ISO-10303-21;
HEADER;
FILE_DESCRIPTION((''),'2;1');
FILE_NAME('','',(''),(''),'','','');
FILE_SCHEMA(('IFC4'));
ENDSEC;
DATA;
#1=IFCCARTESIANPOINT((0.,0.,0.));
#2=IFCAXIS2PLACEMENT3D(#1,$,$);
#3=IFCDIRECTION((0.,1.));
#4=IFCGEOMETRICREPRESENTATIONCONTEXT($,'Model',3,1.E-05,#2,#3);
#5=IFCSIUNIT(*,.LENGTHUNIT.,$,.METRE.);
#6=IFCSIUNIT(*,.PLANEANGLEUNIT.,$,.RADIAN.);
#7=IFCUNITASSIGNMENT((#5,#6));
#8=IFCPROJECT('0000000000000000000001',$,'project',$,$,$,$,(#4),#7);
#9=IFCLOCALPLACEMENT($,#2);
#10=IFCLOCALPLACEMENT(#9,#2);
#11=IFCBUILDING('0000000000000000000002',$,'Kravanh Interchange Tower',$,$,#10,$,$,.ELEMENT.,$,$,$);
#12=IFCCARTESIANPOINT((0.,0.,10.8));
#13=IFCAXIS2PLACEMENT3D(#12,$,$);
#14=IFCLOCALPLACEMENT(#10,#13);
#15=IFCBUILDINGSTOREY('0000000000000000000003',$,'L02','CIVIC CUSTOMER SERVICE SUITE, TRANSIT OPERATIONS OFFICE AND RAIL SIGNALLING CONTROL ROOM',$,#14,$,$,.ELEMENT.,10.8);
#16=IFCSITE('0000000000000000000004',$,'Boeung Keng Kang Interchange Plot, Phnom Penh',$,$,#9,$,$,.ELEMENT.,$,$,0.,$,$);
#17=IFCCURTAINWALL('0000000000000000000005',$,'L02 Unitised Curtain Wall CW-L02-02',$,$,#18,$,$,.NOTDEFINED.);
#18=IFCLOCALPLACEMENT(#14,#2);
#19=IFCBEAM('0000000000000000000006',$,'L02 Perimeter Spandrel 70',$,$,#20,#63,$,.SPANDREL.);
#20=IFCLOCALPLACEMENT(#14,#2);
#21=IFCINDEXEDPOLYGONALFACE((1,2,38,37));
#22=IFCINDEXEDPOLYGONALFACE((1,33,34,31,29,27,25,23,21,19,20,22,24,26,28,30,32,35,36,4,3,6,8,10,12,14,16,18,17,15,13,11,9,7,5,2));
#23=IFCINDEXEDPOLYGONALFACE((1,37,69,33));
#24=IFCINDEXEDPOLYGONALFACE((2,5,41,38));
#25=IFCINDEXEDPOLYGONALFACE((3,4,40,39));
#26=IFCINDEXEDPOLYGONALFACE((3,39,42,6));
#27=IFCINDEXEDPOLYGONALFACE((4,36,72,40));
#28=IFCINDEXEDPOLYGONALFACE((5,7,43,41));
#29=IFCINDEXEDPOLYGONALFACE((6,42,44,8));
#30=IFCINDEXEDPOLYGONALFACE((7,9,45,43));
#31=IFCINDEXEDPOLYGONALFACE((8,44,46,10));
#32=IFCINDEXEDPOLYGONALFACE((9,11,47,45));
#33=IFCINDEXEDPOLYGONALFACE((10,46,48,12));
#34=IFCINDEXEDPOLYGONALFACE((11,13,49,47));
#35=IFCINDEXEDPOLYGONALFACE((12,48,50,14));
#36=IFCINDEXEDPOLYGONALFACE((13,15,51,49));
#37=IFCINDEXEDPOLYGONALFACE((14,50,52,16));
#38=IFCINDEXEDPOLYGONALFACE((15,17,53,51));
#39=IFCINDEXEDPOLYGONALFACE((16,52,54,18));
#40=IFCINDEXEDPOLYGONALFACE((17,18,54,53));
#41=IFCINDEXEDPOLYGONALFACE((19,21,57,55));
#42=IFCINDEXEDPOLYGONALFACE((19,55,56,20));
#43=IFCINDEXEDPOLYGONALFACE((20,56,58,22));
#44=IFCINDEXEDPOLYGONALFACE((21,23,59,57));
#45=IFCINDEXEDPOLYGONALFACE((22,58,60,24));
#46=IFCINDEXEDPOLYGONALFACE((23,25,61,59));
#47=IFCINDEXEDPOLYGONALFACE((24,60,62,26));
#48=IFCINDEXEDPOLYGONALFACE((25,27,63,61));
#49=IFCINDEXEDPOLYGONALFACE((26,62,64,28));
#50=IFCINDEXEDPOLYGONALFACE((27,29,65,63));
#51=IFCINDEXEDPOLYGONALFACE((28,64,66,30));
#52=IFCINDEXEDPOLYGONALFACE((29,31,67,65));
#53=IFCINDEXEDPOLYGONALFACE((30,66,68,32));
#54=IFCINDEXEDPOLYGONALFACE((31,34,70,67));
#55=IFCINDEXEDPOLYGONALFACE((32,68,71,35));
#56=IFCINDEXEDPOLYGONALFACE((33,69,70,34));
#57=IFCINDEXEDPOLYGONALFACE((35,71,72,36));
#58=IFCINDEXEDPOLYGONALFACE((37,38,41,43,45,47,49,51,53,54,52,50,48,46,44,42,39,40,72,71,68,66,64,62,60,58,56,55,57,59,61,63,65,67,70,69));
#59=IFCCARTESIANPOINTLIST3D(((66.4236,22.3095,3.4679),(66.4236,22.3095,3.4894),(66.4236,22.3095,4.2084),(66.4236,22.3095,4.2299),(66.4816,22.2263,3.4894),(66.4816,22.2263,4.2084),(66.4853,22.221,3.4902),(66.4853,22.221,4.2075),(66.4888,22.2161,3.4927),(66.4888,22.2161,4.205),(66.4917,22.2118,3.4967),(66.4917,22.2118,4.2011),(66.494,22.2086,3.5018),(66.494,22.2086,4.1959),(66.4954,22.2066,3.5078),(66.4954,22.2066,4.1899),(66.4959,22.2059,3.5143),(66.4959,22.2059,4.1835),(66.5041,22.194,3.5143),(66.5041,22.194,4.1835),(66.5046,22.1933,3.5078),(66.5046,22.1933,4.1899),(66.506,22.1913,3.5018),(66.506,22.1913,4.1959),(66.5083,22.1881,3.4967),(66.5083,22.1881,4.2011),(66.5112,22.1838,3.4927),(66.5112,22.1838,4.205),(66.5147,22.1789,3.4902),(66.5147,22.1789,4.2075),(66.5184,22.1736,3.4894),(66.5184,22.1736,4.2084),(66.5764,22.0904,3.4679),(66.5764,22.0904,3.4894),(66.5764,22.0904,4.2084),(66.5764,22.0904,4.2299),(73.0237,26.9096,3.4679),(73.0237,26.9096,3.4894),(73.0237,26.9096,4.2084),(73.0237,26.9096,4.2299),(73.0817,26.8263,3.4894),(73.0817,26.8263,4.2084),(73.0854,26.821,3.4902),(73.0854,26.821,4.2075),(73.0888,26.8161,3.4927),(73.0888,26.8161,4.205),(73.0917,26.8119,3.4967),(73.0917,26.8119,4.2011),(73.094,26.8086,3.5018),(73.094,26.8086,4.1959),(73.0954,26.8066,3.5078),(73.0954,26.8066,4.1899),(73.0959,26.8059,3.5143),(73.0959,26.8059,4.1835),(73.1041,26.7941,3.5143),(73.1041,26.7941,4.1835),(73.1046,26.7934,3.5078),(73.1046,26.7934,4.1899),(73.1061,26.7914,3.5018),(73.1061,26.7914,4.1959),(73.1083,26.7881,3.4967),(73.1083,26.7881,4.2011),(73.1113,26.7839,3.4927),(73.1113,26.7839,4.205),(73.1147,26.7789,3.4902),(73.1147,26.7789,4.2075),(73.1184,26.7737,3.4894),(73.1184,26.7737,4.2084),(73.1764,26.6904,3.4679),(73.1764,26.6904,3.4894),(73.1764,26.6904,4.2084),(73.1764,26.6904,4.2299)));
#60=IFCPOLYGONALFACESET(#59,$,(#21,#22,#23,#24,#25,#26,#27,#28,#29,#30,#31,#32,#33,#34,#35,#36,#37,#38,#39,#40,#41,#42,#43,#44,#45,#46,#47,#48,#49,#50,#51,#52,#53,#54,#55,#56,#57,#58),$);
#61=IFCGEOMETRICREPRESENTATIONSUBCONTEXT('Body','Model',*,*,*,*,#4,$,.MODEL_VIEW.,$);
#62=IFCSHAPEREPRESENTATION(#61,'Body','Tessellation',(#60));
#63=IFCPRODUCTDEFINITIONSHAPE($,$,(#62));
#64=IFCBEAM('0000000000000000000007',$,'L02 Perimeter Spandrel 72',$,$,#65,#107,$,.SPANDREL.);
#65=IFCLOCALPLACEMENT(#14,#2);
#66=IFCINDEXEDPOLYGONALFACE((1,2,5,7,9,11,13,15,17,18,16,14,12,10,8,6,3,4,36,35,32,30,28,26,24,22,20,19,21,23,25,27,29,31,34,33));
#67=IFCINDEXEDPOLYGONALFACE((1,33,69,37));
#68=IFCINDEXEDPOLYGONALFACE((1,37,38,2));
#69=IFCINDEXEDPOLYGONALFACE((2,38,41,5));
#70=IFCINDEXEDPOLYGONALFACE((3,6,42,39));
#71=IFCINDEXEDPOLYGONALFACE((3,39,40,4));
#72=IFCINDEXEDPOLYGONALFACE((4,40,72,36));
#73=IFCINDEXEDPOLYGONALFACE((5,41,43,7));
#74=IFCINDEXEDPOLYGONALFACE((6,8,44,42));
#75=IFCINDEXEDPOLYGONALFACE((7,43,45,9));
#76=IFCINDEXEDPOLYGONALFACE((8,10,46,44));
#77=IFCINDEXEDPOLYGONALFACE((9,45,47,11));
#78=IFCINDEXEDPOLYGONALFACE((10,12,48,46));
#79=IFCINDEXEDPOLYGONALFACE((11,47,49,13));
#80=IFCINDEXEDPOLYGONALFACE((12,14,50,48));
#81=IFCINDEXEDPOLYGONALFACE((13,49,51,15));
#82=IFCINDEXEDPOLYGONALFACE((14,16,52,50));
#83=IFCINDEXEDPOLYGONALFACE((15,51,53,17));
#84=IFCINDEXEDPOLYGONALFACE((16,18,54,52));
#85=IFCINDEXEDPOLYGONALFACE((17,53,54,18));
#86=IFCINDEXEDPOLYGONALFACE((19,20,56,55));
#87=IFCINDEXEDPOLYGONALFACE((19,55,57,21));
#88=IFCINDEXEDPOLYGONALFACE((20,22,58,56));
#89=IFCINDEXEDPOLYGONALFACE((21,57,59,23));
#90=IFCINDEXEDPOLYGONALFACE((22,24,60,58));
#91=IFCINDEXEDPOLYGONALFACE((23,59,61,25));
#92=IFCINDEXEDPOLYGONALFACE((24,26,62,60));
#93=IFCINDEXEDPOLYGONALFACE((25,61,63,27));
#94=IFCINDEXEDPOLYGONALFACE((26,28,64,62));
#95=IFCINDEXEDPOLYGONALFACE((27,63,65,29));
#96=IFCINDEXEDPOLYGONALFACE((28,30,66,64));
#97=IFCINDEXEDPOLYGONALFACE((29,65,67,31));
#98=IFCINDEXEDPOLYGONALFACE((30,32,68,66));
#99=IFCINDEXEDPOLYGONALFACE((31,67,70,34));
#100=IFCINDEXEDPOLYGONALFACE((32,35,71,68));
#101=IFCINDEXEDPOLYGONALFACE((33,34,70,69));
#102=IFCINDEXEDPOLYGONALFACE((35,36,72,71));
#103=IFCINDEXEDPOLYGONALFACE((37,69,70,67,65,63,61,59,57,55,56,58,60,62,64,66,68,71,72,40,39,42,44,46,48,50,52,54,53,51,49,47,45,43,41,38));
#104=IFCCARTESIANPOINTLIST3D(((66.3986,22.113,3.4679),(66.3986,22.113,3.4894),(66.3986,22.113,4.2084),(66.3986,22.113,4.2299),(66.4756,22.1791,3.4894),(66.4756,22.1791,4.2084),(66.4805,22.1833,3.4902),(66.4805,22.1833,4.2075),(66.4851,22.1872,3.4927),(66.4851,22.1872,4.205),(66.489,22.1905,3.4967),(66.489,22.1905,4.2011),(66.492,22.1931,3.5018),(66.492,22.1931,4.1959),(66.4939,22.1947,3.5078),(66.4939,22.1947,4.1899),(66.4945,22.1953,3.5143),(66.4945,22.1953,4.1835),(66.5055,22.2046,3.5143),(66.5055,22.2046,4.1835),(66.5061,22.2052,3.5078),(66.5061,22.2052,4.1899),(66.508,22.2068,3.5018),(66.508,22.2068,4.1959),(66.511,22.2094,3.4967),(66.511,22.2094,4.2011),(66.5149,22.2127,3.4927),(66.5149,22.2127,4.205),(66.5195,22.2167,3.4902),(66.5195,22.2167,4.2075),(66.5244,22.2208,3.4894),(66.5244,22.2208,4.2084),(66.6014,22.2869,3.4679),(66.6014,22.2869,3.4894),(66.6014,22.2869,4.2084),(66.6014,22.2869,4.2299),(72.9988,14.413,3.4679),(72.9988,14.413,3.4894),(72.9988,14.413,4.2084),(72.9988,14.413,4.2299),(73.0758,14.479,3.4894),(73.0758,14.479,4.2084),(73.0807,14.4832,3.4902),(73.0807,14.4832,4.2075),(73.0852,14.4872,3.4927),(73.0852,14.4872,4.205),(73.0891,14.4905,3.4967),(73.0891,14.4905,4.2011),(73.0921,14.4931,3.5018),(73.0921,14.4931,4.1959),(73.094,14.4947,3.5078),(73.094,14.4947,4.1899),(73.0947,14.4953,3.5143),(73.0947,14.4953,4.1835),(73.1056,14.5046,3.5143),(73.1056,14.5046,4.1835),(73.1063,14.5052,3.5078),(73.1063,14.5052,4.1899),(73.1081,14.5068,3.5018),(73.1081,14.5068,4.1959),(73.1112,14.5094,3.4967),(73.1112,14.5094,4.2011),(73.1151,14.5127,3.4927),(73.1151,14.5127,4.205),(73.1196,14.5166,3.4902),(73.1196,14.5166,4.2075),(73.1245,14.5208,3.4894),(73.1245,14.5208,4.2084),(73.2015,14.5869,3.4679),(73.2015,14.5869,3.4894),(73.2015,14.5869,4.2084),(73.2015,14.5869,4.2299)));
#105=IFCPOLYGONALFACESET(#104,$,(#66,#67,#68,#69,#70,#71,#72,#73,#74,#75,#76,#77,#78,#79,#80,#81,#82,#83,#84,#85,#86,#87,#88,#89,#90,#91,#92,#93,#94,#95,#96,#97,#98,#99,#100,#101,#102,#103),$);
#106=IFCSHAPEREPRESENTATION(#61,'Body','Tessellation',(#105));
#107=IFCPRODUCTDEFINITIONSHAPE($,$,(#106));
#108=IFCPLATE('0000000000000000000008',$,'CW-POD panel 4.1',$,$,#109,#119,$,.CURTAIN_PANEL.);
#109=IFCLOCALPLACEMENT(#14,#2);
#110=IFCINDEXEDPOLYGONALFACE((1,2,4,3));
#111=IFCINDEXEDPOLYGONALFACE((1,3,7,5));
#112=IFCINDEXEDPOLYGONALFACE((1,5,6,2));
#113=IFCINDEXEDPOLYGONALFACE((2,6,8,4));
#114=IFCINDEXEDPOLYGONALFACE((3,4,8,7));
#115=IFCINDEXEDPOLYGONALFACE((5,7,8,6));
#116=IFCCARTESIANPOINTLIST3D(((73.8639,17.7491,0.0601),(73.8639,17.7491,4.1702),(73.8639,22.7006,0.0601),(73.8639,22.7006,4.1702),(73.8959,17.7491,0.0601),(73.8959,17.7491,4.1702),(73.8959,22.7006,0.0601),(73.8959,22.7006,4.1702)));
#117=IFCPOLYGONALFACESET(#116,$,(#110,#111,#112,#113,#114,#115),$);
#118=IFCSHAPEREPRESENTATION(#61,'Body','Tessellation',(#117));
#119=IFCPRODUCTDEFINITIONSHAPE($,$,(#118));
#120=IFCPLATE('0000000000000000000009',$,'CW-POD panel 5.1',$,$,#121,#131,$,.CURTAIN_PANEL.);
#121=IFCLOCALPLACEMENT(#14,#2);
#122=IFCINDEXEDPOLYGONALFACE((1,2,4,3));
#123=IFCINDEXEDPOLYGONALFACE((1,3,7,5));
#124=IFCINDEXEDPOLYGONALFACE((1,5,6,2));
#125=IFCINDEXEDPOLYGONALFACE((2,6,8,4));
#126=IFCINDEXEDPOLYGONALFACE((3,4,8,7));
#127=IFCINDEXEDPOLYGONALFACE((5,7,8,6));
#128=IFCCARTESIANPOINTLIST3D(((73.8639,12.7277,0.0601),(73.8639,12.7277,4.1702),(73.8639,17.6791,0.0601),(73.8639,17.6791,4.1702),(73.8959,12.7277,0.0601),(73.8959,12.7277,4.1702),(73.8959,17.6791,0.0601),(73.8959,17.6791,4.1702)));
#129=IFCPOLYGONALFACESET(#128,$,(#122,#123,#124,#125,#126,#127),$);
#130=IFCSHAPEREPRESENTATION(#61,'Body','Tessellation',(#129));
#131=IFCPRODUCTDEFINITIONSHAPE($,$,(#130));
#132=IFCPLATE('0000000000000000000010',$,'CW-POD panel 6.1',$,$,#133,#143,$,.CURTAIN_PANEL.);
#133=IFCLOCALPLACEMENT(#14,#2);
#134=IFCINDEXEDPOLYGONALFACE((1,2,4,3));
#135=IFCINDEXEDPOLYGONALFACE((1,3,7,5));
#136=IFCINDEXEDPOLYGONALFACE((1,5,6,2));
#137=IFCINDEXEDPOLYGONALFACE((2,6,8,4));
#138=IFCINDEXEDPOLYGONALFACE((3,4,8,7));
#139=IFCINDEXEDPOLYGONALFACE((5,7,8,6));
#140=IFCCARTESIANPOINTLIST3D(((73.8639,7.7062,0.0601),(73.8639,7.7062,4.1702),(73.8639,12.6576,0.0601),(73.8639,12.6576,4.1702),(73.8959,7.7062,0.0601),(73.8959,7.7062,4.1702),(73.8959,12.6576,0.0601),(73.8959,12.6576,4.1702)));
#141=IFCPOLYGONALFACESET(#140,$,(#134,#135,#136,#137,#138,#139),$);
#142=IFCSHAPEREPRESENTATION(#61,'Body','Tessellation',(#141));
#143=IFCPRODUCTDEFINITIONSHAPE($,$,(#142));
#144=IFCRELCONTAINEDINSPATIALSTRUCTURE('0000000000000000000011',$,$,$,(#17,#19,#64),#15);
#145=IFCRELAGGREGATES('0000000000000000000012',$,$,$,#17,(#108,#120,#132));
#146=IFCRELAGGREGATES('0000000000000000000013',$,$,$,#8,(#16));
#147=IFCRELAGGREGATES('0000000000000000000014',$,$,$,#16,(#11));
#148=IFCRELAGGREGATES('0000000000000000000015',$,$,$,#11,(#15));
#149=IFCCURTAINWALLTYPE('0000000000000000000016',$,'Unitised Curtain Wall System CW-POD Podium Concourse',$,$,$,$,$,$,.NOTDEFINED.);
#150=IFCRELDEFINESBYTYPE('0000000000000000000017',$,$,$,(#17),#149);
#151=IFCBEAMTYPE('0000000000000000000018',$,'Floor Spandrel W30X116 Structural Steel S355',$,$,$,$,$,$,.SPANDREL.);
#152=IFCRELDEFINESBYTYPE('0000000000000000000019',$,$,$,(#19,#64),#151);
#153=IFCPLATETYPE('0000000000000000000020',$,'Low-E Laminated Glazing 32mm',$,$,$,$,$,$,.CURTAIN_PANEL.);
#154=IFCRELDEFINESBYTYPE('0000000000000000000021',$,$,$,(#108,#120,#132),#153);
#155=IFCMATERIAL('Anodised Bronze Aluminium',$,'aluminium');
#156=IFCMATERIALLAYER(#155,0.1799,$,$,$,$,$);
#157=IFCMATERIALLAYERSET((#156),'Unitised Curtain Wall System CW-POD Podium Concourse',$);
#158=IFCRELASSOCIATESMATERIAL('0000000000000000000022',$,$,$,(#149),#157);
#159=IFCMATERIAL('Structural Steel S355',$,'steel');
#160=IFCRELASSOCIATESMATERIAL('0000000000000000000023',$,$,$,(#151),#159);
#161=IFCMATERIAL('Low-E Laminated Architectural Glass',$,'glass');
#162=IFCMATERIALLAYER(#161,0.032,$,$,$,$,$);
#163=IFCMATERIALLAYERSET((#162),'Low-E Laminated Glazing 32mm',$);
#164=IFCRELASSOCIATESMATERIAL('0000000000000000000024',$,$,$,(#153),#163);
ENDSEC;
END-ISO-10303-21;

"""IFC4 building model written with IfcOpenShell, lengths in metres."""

from ifc_helpers import new_model, si_unit, direction, frame, origin, origin_2d, place, context, subcontext, project, spatial, rectangle, i_section, extrude, material, layer, layer_set, material_profile, profile_set, type_object, element, aggregate, save


model = new_model("IFC4")

# Units and contexts
model_context = context("Model", 3, precision=1e-05, world=origin(), true_north=direction((0.0, 1.0)))
body_context = subcontext(model_context, "Body", "Model", "MODEL_VIEW")
ifc_project = project(units=[si_unit("LENGTHUNIT", "METRE"), si_unit("PLANEANGLEUNIT", "RADIAN")], contexts=[model_context])

# Site, building, storey
site_placement = place(None, origin())
site = spatial("IfcSite", under=ifc_project, at=site_placement, Name="Boeung Keng Kang Interchange Plot, Phnom Penh", CompositionType="ELEMENT", RefElevation=0.0)
building_placement = place(site_placement, origin())
building = spatial("IfcBuilding", under=site, at=building_placement, Name="Kravanh Interchange Tower", CompositionType="ELEMENT")
storey_placement = place(building_placement, frame((0.0, 0.0, 10.8)))
storey = spatial("IfcBuildingStorey", under=building, at=storey_placement, Name="L02", Description="CIVIC CUSTOMER SERVICE SUITE, TRANSIT OPERATIONS OFFICE AND RAIL SIGNALLING CONTROL ROOM", CompositionType="ELEMENT", Elevation=10.8)

# Curtain wall
ifc_material_1 = material(Name="Anodised Bronze Aluminium", Category="aluminium")
ifc_layer_1 = layer(ifc_material_1, 0.1799)
ifc_layer_set_1 = layer_set([ifc_layer_1], Name="Unitised Curtain Wall System CW-POD Podium Concourse")
curtain_wall_type = type_object("IfcCurtainWallType", Name="Unitised Curtain Wall System CW-POD Podium Concourse", PredefinedType="NOTDEFINED", material=ifc_layer_set_1)
curtain_wall_placement = place(storey_placement, origin())
curtain_wall = element("IfcCurtainWall", 1, at=curtain_wall_placement, inside=storey, type_object=curtain_wall_type, Name="L02 Unitised Curtain Wall CW-L02-02", PredefinedType="NOTDEFINED")

# Beams
ifc_material_2 = material(Name="Structural Steel S355", Category="steel")
ifc_material_profile_1 = material_profile(ifc_material_2, i_section(OverallWidth=0.2671, OverallDepth=0.762, WebThickness=0.0144, FlangeThickness=0.0215, FilletRadius=0.0249, at=origin_2d()), Name="W30X116")
ifc_profile_set_1 = profile_set([ifc_material_profile_1], Name="Structural Steel S355")
beam_type_1 = type_object("IfcBeamType", Name="Floor Spandrel W30X116 Structural Steel S355", PredefinedType="SPANDREL", material=ifc_profile_set_1)
beam_1_placement = place(storey_placement, frame((66.5, 22.2, 3.8489), z_axis=(0.820396, 0.571795, 0.0), x_axis=(-0.571795, 0.820396, 0.0)))
element("IfcBeam", 2, at=beam_1_placement, inside=storey, type_object=beam_type_1, Name="L02 Perimeter Spandrel 70", PredefinedType="SPANDREL", context=body_context, shape_type="SweptSolid", body=[
    extrude(i_section(OverallWidth=0.2671, OverallDepth=0.762, WebThickness=0.0144, FlangeThickness=0.0215, FilletRadius=0.0249, at=origin_2d()), origin(), (0.0, 0.0, 1.0), 8.0449),
])
beam_2_placement = place(storey_placement, frame((66.5, 22.2, 3.8489), z_axis=(0.650799, -0.75925, 0.0), x_axis=(0.75925, 0.650799, 0.0)))
element("IfcBeam", 3, at=beam_2_placement, inside=storey, type_object=beam_type_1, Name="L02 Perimeter Spandrel 72", PredefinedType="SPANDREL", context=body_context, shape_type="SweptSolid", body=[
    extrude(i_section(OverallWidth=0.2671, OverallDepth=0.762, WebThickness=0.0144, FlangeThickness=0.0215, FilletRadius=0.0249, at=origin_2d()), origin(), (0.0, 0.0, 1.0), 10.1416),
])

# Plates
ifc_material_3 = material(Name="Low-E Laminated Architectural Glass", Category="glass")
ifc_layer_2 = layer(ifc_material_3, 0.032)
ifc_layer_set_2 = layer_set([ifc_layer_2], Name="Low-E Laminated Glazing 32mm")
plate_type = type_object("IfcPlateType", Name="Low-E Laminated Glazing 32mm", PredefinedType="CURTAIN_PANEL", material=ifc_layer_set_2)
plate_1_placement = place(storey_placement, frame((73.8799, 20.2249, 0.0601), z_axis=(0.0, 0.0, 1.0), x_axis=(0.0, -1.0, 0.0)))
plate_1 = element("IfcPlate", 4, at=plate_1_placement, type_object=plate_type, Name="CW-POD panel 4.1", PredefinedType="CURTAIN_PANEL", context=body_context, shape_type="SweptSolid", body=[
    extrude(rectangle(XDim=4.9514, YDim=0.032, at=origin_2d()), origin(), (0.0, 0.0, 1.0), 4.1101),
])
plate_2_placement = place(storey_placement, frame((73.8799, 15.2034, 0.0601), z_axis=(0.0, 0.0, 1.0), x_axis=(0.0, -1.0, 0.0)))
plate_2 = element("IfcPlate", 5, at=plate_2_placement, type_object=plate_type, Name="CW-POD panel 5.1", PredefinedType="CURTAIN_PANEL", context=body_context, shape_type="SweptSolid", body=[
    extrude(rectangle(XDim=4.9514, YDim=0.032, at=origin_2d()), origin(), (0.0, 0.0, 1.0), 4.1101),
])
plate_3_placement = place(storey_placement, frame((73.8799, 10.1819, 0.0601), z_axis=(0.0, 0.0, 1.0), x_axis=(0.0, -1.0, 0.0)))
plate_3 = element("IfcPlate", 6, at=plate_3_placement, type_object=plate_type, Name="CW-POD panel 6.1", PredefinedType="CURTAIN_PANEL", context=body_context, shape_type="SweptSolid", body=[
    extrude(rectangle(XDim=4.9514, YDim=0.032, at=origin_2d()), origin(), (0.0, 0.0, 1.0), 4.1101),
])
aggregate(curtain_wall, [plate_1, plate_2, plate_3])

save(model, "model.ifc")
